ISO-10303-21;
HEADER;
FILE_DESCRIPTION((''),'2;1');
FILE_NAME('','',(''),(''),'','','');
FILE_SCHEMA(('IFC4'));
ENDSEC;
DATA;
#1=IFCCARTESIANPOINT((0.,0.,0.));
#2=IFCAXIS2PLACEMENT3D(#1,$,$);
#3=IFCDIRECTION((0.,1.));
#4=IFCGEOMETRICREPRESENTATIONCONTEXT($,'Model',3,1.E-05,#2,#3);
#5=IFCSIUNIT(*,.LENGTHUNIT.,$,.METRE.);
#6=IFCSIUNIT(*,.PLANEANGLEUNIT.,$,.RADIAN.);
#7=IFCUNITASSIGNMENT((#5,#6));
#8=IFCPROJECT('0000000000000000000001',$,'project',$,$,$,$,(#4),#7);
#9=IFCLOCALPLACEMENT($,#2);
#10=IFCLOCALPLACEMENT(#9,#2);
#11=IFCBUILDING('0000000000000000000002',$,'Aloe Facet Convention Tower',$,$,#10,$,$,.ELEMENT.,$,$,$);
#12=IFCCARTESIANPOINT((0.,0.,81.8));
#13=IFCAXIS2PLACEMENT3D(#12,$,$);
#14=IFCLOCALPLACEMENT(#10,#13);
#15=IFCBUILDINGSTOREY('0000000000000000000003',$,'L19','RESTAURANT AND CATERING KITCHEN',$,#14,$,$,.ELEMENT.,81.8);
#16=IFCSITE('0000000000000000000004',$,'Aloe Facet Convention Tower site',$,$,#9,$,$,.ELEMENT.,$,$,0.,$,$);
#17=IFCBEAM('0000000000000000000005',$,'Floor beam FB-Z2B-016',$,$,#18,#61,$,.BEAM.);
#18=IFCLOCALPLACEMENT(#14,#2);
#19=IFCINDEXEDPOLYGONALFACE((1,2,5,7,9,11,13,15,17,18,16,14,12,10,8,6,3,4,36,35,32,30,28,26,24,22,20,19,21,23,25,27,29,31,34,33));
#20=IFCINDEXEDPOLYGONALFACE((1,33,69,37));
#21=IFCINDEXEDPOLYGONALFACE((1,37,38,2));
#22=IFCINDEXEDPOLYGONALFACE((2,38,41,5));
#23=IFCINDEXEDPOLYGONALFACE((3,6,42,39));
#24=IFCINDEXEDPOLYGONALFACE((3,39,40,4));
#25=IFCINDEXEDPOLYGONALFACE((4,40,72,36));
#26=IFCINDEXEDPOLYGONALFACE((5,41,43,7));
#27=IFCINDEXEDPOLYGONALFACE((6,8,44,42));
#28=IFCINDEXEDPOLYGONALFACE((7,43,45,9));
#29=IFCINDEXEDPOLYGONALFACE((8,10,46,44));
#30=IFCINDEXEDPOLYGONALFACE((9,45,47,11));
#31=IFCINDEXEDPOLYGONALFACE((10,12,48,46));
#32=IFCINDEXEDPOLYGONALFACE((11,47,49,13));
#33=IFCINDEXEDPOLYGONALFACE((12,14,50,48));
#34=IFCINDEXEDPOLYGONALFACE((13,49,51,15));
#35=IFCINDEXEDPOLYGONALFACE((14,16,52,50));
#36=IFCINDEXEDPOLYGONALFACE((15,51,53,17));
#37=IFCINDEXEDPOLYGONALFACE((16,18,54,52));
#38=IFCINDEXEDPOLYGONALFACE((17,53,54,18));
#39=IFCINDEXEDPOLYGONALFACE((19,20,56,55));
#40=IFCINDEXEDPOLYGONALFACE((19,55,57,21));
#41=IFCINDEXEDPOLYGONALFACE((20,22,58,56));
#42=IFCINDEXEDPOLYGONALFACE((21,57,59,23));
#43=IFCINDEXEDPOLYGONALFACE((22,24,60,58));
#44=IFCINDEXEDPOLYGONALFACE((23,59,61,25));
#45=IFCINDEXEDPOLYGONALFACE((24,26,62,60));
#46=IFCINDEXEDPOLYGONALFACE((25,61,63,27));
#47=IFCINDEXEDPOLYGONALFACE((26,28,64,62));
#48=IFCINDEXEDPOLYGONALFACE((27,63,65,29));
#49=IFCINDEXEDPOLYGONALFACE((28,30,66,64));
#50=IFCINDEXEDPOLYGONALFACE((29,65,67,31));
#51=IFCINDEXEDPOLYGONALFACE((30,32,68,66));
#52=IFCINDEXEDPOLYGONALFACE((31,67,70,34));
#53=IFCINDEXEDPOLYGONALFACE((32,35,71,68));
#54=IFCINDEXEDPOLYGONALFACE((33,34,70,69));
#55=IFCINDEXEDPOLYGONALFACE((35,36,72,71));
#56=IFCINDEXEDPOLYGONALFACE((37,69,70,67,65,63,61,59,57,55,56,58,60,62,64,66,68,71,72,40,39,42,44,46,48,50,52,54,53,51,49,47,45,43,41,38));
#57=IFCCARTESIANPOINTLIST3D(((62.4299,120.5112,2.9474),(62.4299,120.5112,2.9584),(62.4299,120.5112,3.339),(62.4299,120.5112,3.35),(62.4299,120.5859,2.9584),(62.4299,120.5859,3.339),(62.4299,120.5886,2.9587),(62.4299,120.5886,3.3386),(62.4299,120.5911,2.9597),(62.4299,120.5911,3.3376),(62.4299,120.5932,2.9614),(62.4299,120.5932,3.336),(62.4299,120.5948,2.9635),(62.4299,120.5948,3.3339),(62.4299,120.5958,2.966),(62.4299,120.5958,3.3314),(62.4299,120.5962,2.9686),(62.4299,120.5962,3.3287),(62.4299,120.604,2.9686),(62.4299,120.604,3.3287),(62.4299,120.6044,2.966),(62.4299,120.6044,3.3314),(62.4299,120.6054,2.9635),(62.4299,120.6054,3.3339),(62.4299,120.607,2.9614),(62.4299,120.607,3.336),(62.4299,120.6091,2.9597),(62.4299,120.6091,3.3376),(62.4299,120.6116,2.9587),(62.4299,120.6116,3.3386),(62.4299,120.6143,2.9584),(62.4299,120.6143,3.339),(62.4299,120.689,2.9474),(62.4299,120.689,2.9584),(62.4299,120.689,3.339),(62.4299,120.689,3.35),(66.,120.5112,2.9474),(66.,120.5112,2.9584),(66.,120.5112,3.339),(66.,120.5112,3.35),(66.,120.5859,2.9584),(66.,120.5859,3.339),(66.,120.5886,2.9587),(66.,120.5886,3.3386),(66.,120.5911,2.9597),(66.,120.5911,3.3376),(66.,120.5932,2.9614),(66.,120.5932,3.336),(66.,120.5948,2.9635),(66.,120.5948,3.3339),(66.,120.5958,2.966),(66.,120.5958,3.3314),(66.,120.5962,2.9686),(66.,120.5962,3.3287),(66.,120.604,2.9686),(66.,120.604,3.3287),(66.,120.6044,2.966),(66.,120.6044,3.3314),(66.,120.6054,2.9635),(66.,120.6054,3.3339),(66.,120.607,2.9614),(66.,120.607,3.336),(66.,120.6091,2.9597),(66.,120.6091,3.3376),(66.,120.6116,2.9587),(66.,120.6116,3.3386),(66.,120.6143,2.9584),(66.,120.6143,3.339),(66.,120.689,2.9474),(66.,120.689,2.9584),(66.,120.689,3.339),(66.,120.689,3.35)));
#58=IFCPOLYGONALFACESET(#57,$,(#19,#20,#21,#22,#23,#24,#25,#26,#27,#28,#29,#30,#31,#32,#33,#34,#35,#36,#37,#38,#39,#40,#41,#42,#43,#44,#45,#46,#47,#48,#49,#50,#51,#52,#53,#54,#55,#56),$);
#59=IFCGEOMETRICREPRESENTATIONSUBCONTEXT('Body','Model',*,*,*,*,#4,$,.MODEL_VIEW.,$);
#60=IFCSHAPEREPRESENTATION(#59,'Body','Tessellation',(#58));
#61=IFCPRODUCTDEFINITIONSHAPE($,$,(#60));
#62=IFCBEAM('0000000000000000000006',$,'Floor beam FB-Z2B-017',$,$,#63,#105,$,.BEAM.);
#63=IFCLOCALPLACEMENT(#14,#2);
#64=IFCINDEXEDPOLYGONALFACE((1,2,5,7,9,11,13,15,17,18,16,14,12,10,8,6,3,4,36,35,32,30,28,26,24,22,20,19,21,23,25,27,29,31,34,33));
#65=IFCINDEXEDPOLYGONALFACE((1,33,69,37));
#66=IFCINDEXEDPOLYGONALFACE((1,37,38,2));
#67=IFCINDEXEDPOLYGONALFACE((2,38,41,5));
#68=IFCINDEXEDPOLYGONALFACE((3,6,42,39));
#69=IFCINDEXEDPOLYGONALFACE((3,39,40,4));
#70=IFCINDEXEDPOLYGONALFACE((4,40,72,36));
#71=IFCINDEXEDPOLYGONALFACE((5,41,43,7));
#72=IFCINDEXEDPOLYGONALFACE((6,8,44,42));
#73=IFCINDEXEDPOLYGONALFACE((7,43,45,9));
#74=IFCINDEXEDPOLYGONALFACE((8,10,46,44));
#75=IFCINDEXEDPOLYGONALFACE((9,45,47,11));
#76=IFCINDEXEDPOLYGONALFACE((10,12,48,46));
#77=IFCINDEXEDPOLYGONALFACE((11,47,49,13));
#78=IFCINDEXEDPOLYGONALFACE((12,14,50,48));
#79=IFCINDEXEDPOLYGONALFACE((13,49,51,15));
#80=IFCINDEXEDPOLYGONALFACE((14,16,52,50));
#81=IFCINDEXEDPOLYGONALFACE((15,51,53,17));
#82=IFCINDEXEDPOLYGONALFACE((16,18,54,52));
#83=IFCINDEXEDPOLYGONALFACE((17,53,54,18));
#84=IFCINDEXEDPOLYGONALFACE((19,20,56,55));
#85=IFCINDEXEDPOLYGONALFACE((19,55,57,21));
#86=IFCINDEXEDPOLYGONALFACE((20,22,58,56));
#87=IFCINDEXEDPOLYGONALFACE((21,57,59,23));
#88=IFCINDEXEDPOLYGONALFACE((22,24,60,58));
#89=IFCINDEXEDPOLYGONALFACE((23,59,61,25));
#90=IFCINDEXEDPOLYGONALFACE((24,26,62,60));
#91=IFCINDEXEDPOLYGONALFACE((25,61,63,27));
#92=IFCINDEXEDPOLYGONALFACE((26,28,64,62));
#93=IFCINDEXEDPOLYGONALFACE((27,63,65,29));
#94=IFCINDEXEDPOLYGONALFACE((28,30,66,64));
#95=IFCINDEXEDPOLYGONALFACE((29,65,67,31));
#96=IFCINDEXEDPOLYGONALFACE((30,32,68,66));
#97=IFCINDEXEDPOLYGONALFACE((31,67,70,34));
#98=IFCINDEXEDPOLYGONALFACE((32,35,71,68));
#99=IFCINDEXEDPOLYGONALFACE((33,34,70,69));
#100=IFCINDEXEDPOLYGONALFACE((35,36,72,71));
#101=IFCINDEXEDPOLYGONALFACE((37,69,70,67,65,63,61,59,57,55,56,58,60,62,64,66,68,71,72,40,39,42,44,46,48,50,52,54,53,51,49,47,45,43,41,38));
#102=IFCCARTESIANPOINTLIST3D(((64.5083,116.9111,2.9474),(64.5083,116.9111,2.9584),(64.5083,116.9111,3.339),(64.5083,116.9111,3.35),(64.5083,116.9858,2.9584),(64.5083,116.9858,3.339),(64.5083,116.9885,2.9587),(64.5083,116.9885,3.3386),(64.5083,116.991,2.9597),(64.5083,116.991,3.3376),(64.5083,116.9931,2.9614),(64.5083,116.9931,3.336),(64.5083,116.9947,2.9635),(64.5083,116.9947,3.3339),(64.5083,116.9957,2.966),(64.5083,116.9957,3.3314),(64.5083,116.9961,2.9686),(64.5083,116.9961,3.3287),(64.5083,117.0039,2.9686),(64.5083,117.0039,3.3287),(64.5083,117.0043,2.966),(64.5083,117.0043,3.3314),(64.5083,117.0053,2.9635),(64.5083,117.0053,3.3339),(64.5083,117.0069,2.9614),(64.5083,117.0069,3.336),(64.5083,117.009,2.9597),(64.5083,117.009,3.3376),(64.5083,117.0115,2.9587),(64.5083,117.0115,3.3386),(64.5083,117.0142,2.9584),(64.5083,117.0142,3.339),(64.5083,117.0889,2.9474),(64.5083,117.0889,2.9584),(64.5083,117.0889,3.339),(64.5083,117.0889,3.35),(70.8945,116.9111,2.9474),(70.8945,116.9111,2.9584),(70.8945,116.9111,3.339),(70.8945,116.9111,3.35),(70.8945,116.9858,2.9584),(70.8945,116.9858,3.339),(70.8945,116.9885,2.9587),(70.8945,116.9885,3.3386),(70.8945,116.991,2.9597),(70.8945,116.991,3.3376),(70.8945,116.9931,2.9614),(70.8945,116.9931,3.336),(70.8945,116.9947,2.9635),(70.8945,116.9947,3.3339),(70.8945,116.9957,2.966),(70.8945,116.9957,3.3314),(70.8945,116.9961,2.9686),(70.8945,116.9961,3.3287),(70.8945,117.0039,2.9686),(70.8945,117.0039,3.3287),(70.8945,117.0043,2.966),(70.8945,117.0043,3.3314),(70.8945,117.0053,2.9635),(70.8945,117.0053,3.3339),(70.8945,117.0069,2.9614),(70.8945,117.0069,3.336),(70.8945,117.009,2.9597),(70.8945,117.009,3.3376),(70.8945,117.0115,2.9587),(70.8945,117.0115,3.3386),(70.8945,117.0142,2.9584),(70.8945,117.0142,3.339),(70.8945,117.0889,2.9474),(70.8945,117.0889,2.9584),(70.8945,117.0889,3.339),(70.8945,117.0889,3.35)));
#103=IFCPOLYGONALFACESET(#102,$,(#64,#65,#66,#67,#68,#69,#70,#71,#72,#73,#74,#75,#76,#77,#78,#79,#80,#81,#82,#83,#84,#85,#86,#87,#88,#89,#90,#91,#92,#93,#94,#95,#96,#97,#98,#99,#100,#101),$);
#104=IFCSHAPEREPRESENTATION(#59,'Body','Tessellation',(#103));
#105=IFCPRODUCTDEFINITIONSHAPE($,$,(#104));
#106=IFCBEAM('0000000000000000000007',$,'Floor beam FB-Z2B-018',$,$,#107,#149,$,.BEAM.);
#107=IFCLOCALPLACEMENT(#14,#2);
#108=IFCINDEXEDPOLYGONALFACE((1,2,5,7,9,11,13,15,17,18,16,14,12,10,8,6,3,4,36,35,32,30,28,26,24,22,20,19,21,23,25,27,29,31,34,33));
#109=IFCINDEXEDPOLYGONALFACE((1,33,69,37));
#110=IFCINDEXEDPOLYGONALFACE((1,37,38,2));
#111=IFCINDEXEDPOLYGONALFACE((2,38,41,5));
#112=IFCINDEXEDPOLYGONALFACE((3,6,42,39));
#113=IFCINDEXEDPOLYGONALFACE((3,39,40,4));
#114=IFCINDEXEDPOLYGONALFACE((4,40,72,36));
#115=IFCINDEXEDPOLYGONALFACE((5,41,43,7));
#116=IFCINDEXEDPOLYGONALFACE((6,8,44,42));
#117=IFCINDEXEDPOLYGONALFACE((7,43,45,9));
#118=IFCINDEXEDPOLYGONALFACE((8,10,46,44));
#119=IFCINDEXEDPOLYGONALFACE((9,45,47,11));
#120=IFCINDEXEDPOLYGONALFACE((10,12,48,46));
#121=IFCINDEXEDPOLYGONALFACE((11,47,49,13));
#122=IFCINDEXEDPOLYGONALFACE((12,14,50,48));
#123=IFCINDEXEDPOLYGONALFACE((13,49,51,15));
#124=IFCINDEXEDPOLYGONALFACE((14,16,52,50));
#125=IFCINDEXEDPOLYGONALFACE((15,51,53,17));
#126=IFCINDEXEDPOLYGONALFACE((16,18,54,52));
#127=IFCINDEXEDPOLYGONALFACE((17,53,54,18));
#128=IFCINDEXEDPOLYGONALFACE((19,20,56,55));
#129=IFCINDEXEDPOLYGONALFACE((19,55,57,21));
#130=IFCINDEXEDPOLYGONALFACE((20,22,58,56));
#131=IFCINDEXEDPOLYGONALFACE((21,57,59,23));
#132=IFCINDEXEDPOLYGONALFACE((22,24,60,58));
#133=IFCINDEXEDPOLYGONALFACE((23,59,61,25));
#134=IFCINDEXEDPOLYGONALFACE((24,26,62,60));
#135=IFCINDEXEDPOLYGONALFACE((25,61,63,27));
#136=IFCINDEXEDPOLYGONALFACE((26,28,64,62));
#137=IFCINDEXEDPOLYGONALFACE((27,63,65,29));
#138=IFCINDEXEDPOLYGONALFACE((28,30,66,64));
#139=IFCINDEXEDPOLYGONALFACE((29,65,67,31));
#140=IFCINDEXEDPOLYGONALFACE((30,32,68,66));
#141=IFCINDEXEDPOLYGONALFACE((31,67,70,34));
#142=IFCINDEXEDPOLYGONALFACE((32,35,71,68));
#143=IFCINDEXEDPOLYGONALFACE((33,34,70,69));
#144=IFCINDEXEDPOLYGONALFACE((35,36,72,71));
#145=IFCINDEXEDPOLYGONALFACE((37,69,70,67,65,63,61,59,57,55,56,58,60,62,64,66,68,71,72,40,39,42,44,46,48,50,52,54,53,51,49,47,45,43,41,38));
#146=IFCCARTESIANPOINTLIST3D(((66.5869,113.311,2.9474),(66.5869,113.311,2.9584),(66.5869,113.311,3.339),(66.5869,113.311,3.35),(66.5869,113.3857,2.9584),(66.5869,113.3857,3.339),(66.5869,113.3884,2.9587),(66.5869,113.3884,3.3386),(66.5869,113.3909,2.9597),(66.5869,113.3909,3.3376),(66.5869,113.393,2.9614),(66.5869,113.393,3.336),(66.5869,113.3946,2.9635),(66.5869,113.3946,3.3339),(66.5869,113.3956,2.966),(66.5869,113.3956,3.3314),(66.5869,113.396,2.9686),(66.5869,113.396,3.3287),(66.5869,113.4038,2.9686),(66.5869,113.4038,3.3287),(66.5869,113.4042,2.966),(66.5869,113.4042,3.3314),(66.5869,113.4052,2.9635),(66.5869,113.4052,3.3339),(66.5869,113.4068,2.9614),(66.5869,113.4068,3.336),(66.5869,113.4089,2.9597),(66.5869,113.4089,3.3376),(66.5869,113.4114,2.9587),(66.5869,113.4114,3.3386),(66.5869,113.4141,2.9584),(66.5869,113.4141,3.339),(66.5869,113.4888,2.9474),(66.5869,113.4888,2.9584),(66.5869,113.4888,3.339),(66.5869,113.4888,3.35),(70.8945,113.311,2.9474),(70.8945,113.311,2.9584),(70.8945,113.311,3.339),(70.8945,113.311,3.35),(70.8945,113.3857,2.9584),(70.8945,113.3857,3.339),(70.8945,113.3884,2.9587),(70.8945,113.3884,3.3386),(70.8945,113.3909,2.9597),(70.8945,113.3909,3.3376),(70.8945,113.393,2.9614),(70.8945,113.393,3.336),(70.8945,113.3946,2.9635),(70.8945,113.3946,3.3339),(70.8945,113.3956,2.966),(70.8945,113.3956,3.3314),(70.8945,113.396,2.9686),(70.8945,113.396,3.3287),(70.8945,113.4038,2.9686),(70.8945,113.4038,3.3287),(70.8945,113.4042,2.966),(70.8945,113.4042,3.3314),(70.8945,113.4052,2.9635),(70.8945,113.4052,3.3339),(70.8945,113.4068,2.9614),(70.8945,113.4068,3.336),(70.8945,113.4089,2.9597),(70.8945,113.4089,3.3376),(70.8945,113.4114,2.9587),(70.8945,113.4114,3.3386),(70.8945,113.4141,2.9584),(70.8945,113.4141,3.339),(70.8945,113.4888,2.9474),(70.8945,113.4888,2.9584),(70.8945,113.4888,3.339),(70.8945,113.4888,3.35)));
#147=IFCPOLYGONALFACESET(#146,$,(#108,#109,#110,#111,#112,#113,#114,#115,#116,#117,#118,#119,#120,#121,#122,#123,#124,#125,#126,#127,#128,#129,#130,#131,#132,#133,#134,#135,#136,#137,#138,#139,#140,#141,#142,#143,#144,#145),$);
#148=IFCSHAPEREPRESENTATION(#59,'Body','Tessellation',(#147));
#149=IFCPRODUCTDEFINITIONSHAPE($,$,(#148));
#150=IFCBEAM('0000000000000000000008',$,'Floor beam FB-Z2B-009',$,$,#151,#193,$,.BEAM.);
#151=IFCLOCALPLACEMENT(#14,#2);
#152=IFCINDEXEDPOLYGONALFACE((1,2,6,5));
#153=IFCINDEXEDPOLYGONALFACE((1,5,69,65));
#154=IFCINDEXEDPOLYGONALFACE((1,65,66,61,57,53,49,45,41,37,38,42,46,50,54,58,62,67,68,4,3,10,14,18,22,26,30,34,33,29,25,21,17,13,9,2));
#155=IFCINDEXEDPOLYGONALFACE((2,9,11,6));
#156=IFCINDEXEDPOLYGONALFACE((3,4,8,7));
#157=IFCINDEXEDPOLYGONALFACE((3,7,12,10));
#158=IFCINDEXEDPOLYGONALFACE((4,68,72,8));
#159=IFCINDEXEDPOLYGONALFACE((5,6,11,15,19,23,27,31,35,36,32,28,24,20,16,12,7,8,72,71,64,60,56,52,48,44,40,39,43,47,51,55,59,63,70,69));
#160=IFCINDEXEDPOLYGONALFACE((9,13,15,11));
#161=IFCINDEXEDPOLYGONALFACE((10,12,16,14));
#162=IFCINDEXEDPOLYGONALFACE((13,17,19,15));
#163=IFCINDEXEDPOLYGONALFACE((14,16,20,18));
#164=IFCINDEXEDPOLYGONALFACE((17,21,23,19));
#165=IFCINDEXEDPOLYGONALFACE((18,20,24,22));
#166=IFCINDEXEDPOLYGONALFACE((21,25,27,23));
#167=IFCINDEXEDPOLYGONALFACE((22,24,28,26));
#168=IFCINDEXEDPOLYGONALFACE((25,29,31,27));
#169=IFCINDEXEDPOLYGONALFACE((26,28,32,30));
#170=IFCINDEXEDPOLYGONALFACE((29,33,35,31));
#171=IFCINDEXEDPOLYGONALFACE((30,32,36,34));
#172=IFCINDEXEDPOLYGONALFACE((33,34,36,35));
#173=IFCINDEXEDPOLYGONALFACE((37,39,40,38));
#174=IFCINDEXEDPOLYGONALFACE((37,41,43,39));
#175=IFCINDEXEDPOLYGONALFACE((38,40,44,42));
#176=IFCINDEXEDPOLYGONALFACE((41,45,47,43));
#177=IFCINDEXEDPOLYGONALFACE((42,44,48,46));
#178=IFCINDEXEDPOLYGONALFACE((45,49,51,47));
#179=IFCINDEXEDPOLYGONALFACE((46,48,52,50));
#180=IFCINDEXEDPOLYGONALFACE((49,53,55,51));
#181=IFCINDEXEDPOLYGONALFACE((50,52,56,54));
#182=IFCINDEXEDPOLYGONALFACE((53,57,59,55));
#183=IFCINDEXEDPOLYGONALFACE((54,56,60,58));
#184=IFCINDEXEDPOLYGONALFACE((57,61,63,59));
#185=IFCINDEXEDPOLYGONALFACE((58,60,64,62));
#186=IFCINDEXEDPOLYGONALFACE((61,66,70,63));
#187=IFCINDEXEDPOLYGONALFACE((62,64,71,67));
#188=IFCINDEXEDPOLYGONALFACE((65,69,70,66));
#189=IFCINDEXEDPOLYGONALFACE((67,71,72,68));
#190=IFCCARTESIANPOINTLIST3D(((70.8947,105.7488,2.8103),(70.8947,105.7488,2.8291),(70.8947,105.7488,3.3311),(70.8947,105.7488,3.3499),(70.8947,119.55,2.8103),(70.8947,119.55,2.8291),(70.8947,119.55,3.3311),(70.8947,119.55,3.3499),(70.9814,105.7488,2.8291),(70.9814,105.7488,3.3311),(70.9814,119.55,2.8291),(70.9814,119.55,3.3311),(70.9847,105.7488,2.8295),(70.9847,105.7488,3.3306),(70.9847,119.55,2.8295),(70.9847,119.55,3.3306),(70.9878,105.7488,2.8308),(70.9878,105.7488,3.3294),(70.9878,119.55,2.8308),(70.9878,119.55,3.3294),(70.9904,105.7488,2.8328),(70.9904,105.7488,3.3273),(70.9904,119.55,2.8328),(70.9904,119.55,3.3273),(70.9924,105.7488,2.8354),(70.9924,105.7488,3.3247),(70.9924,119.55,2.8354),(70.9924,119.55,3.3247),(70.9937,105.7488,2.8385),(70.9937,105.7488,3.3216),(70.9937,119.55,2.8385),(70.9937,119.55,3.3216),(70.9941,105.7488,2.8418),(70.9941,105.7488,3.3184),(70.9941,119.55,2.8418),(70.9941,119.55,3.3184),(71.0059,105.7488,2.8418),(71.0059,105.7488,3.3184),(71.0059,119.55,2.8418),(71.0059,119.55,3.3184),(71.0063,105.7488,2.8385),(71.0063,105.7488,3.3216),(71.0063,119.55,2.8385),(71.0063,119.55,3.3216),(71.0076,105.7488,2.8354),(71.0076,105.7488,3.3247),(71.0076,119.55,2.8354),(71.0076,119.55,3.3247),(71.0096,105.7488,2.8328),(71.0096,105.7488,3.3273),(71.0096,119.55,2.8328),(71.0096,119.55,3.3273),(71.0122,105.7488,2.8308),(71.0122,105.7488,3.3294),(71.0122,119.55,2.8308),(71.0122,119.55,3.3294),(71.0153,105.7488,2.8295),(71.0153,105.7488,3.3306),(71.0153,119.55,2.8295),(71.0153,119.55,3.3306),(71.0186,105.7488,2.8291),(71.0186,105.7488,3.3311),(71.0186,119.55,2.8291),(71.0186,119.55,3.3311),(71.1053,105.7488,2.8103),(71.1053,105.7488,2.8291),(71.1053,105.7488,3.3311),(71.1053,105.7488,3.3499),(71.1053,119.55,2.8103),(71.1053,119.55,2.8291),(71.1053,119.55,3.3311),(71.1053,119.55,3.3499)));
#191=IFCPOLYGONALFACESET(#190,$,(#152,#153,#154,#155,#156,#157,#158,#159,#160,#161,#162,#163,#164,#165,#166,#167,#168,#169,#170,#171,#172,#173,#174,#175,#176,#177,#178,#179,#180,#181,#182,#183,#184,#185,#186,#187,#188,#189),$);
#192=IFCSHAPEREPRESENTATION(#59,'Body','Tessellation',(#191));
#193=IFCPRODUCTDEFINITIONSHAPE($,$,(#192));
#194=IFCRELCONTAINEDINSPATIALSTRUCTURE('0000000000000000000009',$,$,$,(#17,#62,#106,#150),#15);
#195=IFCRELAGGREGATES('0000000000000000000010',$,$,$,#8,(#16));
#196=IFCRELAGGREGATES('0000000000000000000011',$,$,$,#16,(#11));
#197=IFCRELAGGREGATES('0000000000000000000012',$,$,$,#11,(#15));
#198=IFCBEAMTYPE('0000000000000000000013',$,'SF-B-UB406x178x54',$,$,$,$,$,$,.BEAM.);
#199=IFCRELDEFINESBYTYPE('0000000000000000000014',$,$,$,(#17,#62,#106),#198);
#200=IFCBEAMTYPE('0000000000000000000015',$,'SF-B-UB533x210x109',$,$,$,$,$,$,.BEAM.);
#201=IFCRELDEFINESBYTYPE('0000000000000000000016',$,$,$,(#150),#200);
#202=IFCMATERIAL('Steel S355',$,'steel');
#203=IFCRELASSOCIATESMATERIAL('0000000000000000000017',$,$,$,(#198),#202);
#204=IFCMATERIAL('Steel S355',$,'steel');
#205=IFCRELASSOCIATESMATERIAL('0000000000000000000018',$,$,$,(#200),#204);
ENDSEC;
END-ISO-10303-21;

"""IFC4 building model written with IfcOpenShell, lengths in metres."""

from ifc_helpers import new_model, si_unit, direction, frame, origin, origin_2d, place, context, subcontext, project, spatial, i_section, extrude, material, material_profile, profile_set, type_object, element, save


model = new_model("IFC4")

# Units and contexts
model_context = context("Model", 3, precision=1e-05, world=origin(), true_north=direction((0.0, 1.0)))
body_context = subcontext(model_context, "Body", "Model", "MODEL_VIEW")
ifc_project = project(units=[si_unit("LENGTHUNIT", "METRE"), si_unit("PLANEANGLEUNIT", "RADIAN")], contexts=[model_context])

# Site, building, storey
site_placement = place(None, origin())
site = spatial("IfcSite", under=ifc_project, at=site_placement, Name="Aloe Facet Convention Tower site", CompositionType="ELEMENT", RefElevation=0.0)
building_placement = place(site_placement, origin())
building = spatial("IfcBuilding", under=site, at=building_placement, Name="Aloe Facet Convention Tower", CompositionType="ELEMENT")
storey_placement = place(building_placement, frame((0.0, 0.0, 81.8)))
storey = spatial("IfcBuildingStorey", under=building, at=storey_placement, Name="L19", Description="RESTAURANT AND CATERING KITCHEN", CompositionType="ELEMENT", Elevation=81.8)

# Beams
ifc_material_1 = material(Name="Steel S355", Category="steel")
ifc_material_profile_1 = material_profile(ifc_material_1, i_section(OverallWidth=0.1777, OverallDepth=0.4026, WebThickness=0.0078, FlangeThickness=0.011, FilletRadius=0.0103, at=origin_2d()), Name="UB 406x178x54")
ifc_profile_set_1 = profile_set([ifc_material_profile_1], Name="Steel S355")
beam_type_1 = type_object("IfcBeamType", Name="SF-B-UB406x178x54", PredefinedType="BEAM", material=ifc_profile_set_1)
beam_1_placement = place(storey_placement, frame((62.4299, 120.6001, 3.1487), z_axis=(1.0, 0.0, 0.0), x_axis=(0.0, 1.0, 0.0)))
element("IfcBeam", 1, at=beam_1_placement, inside=storey, type_object=beam_type_1, Name="Floor beam FB-Z2B-016", PredefinedType="BEAM", context=body_context, shape_type="SweptSolid", body=[
    extrude(i_section(OverallWidth=0.1777, OverallDepth=0.4026, WebThickness=0.0078, FlangeThickness=0.011, FilletRadius=0.0103, at=origin_2d()), origin(), (0.0, 0.0, 1.0), 3.5701),
])
beam_2_placement = place(storey_placement, frame((64.5083, 117.0, 3.1487), z_axis=(1.0, 0.0, 0.0), x_axis=(0.0, 1.0, 0.0)))
element("IfcBeam", 2, at=beam_2_placement, inside=storey, type_object=beam_type_1, Name="Floor beam FB-Z2B-017", PredefinedType="BEAM", context=body_context, shape_type="SweptSolid", body=[
    extrude(i_section(OverallWidth=0.1777, OverallDepth=0.4026, WebThickness=0.0078, FlangeThickness=0.011, FilletRadius=0.0103, at=origin_2d()), origin(), (0.0, 0.0, 1.0), 6.3862),
])
beam_3_placement = place(storey_placement, frame((66.5869, 113.3999, 3.1487), z_axis=(1.0, 0.0, 0.0), x_axis=(0.0, 1.0, 0.0)))
element("IfcBeam", 3, at=beam_3_placement, inside=storey, type_object=beam_type_1, Name="Floor beam FB-Z2B-018", PredefinedType="BEAM", context=body_context, shape_type="SweptSolid", body=[
    extrude(i_section(OverallWidth=0.1777, OverallDepth=0.4026, WebThickness=0.0078, FlangeThickness=0.011, FilletRadius=0.0103, at=origin_2d()), origin(), (0.0, 0.0, 1.0), 4.3076),
])
ifc_material_2 = material(Name="Steel S355", Category="steel")
ifc_material_profile_2 = material_profile(ifc_material_2, i_section(OverallWidth=0.2107, OverallDepth=0.5396, WebThickness=0.0117, FlangeThickness=0.0188, FilletRadius=0.0127, at=origin_2d()), Name="UB 533x210x109")
ifc_profile_set_2 = profile_set([ifc_material_profile_2], Name="Steel S355")
beam_type_2 = type_object("IfcBeamType", Name="SF-B-UB533x210x109", PredefinedType="BEAM", material=ifc_profile_set_2)
beam_4_placement = place(storey_placement, frame((71.0, 119.55, 3.0801), z_axis=(0.0, -1.0, 0.0), x_axis=(1.0, 0.0, 0.0)))
element("IfcBeam", 4, at=beam_4_placement, inside=storey, type_object=beam_type_2, Name="Floor beam FB-Z2B-009", PredefinedType="BEAM", context=body_context, shape_type="SweptSolid", body=[
    extrude(i_section(OverallWidth=0.2107, OverallDepth=0.5396, WebThickness=0.0117, FlangeThickness=0.0188, FilletRadius=0.0127, at=origin_2d()), origin(), (0.0, 0.0, 1.0), 13.8013),
])

save(model, "model.ifc")
